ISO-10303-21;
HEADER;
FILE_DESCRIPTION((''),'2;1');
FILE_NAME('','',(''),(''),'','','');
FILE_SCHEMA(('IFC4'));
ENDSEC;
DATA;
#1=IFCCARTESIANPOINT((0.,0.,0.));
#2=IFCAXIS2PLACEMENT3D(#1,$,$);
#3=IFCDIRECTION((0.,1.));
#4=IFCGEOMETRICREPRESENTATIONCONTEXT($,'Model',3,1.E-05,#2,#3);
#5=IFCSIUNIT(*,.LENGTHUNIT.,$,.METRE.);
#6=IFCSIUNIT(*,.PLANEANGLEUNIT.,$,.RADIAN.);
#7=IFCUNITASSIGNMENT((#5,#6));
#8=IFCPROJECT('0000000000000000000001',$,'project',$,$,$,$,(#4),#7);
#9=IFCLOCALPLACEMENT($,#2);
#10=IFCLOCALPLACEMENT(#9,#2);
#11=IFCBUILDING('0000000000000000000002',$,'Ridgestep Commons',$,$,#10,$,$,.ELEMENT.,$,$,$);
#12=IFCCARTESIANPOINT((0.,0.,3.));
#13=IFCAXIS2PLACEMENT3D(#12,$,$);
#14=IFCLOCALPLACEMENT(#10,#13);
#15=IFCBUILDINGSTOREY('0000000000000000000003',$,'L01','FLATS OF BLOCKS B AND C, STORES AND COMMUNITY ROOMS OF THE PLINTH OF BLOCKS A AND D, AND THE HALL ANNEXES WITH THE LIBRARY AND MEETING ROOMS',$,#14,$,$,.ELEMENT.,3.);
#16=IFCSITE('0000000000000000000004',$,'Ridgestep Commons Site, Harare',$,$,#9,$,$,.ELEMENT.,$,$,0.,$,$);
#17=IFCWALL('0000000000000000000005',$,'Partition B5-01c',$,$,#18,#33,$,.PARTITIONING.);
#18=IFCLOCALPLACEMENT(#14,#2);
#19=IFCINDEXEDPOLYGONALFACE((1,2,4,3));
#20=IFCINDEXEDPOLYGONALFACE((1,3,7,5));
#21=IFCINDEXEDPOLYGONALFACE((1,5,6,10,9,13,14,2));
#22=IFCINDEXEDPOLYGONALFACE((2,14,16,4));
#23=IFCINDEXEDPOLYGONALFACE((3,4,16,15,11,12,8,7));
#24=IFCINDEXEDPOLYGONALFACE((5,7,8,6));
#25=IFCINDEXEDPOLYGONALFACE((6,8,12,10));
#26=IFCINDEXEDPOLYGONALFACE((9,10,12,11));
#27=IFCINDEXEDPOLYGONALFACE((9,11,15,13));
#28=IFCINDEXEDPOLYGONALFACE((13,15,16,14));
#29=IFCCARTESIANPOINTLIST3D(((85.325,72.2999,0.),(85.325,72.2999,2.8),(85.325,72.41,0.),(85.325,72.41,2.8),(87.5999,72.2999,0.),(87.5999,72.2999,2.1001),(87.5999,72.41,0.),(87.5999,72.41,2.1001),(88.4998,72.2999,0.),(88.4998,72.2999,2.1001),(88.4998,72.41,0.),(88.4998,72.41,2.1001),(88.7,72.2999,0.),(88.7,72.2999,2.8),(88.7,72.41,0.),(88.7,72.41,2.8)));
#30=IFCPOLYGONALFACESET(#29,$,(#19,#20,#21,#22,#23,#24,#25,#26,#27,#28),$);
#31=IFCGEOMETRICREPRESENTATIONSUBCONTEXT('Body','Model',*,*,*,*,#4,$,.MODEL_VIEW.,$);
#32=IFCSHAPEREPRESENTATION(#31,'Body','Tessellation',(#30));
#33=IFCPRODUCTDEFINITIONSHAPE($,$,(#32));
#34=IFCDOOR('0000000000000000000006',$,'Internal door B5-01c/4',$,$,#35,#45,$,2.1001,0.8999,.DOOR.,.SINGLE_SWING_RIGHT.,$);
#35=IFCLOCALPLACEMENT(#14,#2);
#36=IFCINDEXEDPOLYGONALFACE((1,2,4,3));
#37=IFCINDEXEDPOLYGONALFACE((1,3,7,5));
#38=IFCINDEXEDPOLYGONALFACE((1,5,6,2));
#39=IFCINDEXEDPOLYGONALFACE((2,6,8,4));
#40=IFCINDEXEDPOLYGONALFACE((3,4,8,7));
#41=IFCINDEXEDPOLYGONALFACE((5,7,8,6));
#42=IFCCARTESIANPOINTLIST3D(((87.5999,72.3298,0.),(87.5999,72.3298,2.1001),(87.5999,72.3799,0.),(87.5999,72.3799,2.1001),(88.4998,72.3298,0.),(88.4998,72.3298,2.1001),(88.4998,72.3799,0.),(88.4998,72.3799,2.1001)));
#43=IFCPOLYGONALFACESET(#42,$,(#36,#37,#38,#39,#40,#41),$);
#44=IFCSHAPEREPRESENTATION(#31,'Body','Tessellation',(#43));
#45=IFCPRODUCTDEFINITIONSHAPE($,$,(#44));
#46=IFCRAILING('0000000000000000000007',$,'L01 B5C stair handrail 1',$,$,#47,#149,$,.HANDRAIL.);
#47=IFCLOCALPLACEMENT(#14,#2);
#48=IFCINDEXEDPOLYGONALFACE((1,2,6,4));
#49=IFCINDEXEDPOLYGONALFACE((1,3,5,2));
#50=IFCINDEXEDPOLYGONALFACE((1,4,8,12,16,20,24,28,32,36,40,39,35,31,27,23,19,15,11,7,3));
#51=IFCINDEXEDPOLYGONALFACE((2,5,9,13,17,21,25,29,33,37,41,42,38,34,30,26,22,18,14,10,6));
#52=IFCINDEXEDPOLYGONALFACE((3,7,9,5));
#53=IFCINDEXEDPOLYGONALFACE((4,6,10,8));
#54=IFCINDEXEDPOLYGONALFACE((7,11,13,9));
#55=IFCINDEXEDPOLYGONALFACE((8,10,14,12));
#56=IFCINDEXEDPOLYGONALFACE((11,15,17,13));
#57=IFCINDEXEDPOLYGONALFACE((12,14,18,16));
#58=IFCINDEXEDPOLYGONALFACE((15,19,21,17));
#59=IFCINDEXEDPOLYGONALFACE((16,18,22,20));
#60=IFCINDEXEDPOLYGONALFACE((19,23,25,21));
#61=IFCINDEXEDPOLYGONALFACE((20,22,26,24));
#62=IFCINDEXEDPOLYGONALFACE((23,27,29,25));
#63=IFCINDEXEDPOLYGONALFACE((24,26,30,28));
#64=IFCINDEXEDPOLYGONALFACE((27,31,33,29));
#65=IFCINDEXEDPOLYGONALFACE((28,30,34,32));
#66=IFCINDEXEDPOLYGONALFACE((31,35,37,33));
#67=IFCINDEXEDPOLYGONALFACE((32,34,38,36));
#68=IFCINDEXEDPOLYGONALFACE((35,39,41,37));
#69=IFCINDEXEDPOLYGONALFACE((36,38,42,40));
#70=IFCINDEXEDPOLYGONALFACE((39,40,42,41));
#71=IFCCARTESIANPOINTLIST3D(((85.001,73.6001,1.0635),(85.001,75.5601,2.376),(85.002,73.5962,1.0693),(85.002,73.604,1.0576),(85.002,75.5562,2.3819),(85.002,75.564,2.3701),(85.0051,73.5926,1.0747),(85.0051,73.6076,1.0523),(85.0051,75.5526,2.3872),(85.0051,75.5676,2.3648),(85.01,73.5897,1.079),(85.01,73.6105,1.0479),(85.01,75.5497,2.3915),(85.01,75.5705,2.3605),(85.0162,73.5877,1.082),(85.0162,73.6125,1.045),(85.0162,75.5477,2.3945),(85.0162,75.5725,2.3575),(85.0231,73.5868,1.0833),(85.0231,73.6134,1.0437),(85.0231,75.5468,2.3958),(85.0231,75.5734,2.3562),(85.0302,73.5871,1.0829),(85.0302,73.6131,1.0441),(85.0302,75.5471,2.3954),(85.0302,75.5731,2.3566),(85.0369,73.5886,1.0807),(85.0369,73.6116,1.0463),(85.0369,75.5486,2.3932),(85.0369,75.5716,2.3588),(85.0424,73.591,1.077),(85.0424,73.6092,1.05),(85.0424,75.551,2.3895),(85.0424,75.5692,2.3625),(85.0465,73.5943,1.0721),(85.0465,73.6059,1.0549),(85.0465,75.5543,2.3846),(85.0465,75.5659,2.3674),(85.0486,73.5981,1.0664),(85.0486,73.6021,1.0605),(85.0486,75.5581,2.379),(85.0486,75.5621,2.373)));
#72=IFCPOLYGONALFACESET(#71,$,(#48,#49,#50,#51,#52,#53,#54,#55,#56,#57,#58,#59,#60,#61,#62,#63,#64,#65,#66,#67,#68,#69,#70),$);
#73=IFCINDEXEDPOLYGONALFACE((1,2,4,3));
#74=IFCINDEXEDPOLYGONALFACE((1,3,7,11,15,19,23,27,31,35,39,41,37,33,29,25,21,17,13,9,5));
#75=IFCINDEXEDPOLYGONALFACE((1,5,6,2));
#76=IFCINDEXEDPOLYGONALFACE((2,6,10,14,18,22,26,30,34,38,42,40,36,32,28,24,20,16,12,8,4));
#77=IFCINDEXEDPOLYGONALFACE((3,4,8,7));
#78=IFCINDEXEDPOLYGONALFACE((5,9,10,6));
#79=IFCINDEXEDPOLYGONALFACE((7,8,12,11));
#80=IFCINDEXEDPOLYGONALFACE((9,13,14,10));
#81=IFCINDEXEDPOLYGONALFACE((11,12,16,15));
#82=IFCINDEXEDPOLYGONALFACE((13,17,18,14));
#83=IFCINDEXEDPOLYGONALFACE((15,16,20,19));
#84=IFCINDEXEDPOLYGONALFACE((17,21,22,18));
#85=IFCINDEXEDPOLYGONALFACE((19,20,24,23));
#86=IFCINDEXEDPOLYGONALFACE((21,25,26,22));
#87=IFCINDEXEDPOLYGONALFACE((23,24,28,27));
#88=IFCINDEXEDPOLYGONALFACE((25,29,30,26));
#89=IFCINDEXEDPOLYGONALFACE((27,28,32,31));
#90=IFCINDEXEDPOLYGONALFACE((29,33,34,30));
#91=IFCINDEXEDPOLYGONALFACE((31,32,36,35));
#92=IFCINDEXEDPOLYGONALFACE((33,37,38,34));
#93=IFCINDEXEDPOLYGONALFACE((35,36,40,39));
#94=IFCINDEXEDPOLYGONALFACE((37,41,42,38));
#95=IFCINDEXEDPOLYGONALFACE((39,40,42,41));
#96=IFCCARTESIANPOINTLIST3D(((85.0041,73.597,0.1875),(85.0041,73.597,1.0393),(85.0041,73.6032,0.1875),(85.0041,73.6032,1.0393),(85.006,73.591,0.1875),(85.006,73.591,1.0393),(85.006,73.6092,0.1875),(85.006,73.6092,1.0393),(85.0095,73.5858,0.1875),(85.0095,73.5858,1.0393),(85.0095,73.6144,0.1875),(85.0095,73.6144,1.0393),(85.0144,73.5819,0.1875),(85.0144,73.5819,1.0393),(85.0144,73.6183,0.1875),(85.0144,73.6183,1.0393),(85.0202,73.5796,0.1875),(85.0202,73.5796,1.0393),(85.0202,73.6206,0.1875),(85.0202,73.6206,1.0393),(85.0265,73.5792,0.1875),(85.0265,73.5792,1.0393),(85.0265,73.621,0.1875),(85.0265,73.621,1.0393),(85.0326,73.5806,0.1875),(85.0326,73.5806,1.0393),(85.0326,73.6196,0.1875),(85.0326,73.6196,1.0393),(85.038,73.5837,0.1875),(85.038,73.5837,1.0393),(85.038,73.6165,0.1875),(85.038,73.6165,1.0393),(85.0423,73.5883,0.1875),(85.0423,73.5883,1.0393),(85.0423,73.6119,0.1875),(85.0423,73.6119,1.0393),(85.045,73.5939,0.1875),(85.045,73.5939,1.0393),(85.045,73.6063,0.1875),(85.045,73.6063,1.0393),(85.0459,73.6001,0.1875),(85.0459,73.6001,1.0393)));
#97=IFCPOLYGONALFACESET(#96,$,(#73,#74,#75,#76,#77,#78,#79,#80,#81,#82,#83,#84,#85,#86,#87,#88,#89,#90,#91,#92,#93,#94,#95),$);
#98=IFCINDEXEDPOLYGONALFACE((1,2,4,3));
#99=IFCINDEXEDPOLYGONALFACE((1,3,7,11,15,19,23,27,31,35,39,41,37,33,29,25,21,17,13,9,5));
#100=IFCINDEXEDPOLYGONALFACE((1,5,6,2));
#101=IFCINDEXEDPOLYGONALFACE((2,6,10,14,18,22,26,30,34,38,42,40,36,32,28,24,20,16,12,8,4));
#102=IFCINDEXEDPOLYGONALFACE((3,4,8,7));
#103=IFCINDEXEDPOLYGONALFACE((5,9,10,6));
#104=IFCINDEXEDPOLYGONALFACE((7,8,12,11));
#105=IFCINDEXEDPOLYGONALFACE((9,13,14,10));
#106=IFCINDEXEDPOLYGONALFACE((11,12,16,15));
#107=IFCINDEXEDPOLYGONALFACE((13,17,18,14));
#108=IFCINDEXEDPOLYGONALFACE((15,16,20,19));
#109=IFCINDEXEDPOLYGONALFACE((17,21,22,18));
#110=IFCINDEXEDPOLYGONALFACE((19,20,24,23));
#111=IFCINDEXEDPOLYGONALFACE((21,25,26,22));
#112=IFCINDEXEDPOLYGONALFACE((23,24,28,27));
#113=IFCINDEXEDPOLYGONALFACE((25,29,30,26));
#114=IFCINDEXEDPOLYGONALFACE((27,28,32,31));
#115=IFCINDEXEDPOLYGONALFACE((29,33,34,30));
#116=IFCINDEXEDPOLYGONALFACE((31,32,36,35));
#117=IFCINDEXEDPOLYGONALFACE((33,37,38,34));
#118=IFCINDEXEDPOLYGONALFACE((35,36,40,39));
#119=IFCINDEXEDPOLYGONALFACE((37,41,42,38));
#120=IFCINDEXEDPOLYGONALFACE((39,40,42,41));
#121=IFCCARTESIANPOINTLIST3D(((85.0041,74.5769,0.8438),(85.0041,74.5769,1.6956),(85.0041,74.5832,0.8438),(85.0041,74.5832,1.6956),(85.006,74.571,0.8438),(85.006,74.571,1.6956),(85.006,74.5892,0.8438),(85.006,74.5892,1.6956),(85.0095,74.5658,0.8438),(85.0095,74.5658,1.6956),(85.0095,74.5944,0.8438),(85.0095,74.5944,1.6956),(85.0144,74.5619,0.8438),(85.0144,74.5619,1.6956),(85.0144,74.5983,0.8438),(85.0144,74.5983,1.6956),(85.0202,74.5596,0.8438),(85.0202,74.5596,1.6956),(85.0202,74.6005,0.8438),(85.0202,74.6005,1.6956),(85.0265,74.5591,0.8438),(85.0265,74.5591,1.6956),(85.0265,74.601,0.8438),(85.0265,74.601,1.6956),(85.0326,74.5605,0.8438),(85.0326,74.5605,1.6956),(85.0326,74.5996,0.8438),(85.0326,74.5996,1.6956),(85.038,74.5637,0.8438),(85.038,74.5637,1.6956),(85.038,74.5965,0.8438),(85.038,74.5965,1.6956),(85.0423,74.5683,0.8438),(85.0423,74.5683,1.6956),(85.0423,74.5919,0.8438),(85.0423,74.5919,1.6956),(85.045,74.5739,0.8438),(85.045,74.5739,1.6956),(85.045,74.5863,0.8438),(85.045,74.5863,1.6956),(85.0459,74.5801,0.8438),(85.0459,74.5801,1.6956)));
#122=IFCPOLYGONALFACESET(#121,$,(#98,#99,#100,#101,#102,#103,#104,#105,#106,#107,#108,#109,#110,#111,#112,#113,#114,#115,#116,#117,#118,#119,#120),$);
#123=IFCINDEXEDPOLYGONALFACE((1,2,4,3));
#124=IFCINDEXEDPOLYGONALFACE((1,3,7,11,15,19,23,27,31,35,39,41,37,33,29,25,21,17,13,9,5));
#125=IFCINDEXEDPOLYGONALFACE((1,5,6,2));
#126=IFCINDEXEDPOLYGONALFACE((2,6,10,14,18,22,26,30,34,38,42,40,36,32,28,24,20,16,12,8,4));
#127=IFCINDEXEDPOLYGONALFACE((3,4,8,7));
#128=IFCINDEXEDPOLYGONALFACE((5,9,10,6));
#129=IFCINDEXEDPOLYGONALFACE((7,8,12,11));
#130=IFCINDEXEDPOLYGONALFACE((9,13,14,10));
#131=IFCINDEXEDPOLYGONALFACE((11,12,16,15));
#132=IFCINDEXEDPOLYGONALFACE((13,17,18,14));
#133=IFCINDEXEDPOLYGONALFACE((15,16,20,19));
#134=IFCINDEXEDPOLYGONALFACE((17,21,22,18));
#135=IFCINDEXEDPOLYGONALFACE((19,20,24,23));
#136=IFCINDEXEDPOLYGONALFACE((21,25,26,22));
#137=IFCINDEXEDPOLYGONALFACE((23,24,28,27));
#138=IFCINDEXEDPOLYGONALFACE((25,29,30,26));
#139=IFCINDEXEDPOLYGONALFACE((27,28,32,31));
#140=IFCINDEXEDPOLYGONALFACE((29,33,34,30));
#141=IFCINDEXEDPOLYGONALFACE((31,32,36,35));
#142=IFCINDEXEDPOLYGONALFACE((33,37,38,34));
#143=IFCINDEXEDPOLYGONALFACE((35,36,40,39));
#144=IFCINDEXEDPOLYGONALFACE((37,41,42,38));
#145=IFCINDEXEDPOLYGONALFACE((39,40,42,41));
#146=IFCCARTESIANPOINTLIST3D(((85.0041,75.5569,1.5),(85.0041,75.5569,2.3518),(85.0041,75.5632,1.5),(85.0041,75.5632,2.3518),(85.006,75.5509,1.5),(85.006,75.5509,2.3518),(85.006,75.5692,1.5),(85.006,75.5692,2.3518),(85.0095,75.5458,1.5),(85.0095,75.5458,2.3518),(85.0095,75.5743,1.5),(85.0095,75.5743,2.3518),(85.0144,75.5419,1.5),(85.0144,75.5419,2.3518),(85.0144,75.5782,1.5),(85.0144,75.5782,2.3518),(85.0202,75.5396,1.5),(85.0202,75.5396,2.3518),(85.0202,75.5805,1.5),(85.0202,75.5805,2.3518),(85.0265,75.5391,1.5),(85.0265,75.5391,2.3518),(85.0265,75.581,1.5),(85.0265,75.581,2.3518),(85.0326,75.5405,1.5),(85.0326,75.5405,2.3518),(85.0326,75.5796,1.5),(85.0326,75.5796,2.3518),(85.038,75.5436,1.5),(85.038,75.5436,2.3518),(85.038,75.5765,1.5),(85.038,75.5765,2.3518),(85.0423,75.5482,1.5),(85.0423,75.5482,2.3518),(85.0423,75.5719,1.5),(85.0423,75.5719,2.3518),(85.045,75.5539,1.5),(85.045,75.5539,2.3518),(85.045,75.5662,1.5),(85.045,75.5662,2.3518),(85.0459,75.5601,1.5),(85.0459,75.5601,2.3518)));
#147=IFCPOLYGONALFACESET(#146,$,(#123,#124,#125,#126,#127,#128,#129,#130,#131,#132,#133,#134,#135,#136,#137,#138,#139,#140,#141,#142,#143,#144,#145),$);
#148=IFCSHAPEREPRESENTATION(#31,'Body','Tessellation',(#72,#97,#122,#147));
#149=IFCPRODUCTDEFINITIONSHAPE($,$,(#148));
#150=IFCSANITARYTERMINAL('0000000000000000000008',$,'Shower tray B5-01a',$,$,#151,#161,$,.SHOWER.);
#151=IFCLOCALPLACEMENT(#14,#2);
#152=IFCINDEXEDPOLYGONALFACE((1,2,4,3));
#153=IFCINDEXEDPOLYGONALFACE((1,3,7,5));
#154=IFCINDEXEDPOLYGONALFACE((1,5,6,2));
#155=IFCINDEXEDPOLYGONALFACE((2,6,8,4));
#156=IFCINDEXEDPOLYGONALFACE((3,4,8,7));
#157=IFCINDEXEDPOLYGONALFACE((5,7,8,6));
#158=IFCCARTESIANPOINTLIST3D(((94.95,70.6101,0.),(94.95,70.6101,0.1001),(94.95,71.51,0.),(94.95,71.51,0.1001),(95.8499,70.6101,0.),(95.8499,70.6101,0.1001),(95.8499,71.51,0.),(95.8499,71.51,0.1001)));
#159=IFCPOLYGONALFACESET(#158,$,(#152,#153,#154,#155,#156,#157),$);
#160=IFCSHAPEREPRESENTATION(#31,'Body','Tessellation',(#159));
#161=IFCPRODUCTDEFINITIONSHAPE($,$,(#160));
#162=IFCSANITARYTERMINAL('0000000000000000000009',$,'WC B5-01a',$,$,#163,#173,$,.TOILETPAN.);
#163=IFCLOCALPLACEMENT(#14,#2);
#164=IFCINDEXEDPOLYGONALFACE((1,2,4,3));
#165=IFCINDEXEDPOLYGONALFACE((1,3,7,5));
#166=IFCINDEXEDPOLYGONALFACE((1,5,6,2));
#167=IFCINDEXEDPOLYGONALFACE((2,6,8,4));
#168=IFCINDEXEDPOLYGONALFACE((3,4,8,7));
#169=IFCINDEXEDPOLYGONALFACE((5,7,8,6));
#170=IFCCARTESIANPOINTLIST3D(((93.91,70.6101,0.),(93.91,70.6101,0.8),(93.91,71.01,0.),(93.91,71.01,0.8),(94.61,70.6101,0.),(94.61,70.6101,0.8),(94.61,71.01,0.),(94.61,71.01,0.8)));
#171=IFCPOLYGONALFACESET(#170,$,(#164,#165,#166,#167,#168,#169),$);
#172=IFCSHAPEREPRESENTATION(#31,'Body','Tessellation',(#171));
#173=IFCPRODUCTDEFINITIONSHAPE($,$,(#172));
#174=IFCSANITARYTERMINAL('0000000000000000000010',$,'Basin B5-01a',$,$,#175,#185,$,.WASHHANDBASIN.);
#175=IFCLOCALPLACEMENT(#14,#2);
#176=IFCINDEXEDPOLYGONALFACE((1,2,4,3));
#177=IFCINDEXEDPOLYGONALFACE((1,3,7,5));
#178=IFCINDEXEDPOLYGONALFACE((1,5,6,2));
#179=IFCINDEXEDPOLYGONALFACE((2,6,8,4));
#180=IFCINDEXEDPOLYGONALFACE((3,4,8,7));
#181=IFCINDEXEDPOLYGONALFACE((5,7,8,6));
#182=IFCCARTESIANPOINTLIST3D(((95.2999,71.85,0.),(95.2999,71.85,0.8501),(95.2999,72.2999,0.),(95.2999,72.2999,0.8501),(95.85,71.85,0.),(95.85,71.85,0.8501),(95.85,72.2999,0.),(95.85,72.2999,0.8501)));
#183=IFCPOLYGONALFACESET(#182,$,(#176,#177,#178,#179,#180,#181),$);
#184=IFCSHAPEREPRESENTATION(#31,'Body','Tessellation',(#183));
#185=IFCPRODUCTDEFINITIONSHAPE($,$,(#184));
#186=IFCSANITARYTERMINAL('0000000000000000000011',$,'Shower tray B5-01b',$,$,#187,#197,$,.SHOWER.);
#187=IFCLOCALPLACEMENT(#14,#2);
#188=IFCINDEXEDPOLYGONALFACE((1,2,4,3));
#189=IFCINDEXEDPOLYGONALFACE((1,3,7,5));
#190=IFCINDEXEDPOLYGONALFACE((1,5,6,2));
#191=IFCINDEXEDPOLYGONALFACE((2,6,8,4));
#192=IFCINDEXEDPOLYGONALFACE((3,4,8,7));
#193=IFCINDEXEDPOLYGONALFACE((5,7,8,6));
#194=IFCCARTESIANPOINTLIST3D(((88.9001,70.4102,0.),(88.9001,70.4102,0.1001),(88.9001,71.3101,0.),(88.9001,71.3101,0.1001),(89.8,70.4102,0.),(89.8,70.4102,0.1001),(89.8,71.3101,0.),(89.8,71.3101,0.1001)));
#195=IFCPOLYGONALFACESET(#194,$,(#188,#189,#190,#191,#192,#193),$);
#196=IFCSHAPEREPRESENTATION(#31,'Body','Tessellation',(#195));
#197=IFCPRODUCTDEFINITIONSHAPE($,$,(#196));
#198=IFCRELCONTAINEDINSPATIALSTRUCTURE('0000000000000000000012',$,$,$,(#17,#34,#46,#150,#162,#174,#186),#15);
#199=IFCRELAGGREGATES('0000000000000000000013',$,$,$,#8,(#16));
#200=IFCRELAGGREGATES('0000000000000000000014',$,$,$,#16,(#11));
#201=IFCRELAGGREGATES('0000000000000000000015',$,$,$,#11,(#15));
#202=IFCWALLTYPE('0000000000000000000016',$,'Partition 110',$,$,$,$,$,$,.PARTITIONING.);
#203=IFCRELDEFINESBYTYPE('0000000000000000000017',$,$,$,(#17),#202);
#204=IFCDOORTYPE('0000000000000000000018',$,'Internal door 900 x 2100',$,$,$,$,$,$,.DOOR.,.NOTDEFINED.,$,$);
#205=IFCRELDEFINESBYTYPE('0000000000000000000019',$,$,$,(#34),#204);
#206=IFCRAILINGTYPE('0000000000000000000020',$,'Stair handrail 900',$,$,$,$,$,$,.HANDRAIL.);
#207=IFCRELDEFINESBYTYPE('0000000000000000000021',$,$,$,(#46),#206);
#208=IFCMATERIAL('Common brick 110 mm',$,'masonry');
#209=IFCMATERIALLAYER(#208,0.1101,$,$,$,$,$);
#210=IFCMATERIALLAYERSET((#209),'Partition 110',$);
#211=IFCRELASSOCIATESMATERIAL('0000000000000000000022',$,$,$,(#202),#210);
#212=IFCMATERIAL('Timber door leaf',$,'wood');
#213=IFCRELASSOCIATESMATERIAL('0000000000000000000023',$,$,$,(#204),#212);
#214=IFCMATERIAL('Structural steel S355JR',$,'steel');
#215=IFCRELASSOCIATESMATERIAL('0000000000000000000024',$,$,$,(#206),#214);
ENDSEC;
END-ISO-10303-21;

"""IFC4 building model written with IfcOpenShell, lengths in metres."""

from ifc_helpers import new_model, si_unit, direction, frame, frame_2d, origin, origin_2d, place, context, subcontext, project, spatial, rectangle, circle, extrude, material, layer, layer_set, type_object, element, fill, save


model = new_model("IFC4")

# Units and contexts
model_context = context("Model", 3, precision=1e-05, world=origin(), true_north=direction((0.0, 1.0)))
body_context = subcontext(model_context, "Body", "Model", "MODEL_VIEW")
ifc_project = project(units=[si_unit("LENGTHUNIT", "METRE"), si_unit("PLANEANGLEUNIT", "RADIAN")], contexts=[model_context])

# Site, building, storey
site_placement = place(None, origin())
site = spatial("IfcSite", under=ifc_project, at=site_placement, Name="Ridgestep Commons Site, Harare", CompositionType="ELEMENT", RefElevation=0.0)
building_placement = place(site_placement, origin())
building = spatial("IfcBuilding", under=site, at=building_placement, Name="Ridgestep Commons", CompositionType="ELEMENT")
storey_placement = place(building_placement, frame((0.0, 0.0, 3.0)))
storey = spatial("IfcBuildingStorey", under=building, at=storey_placement, Name="L01", Description="FLATS OF BLOCKS B AND C, STORES AND COMMUNITY ROOMS OF THE PLINTH OF BLOCKS A AND D, AND THE HALL ANNEXES WITH THE LIBRARY AND MEETING ROOMS", CompositionType="ELEMENT", Elevation=3.0)

# Wall, opening, door
ifc_material_1 = material(Name="Common brick 110 mm", Category="masonry")
ifc_layer_1 = layer(ifc_material_1, 0.1101)
ifc_layer_set_1 = layer_set([ifc_layer_1], Name="Partition 110")
wall_type_1 = type_object("IfcWallType", Name="Partition 110", PredefinedType="PARTITIONING", material=ifc_layer_set_1)
ifc_material_2 = material(Name="Timber door leaf", Category="wood")
door_type_1 = type_object("IfcDoorType", Name="Internal door 900 x 2100", OperationType="NOTDEFINED", PredefinedType="DOOR", material=ifc_material_2)
wall_1_placement = place(storey_placement, frame((85.325, 72.355, 0.0), z_axis=(0.0, 0.0, 1.0), x_axis=(1.0, 0.0, 0.0)))
wall_1 = element("IfcWall", 1, at=wall_1_placement, inside=storey, type_object=wall_type_1, Name="Partition B5-01c", PredefinedType="PARTITIONING", context=body_context, shape_type="SweptSolid", body=[
    extrude(rectangle(XDim=3.375, YDim=0.1101, at=frame_2d((1.6875, 0.0))), origin(), (0.0, 0.0, 1.0), 2.8),
])
opening_1_placement = place(wall_1_placement, frame((2.2749, 0.0, 0.0)))
opening_1 = element("IfcOpeningElement", 2, at=opening_1_placement, cuts=wall_1, PredefinedType="OPENING", context=body_context, shape_type="SweptSolid", body=[
    extrude(rectangle(XDim=0.8999, YDim=2.1001, at=frame_2d((0.45, 1.05))), frame((0.0, 0.0649, 0.0), z_axis=(0.0, -1.0, 0.0), x_axis=(1.0, 0.0, 0.0)), (0.0, 0.0, 1.0), 0.1301),
])
door_1_placement = place(opening_1_placement, origin())
door_1 = element("IfcDoor", 3, at=door_1_placement, inside=storey, type_object=door_type_1, Name="Internal door B5-01c/4", OperationType="SINGLE_SWING_RIGHT", OverallHeight=2.1001, OverallWidth=0.8999, PredefinedType="DOOR", context=body_context, shape_type="SweptSolid", body=[
    extrude(rectangle(XDim=0.8999, YDim=2.1001, at=frame_2d((0.45, 1.05))), frame((0.0, 0.0249, 0.0), z_axis=(0.0, -1.0, 0.0), x_axis=(1.0, 0.0, 0.0)), (0.0, 0.0, 1.0), 0.05),
])
fill(opening_1, door_1)

# Railing
ifc_material_3 = material(Name="Structural steel S355JR", Category="steel")
railing_type_1 = type_object("IfcRailingType", Name="Stair handrail 900", PredefinedType="HANDRAIL", material=ifc_material_3)
railing_1_placement = place(storey_placement, frame((85.0249, 73.6001, 0.1875)))
element("IfcRailing", 4, at=railing_1_placement, inside=storey, type_object=railing_type_1, Name="L01 B5C stair handrail 1", PredefinedType="HANDRAIL", context=body_context, shape_type="SweptSolid", body=[
    extrude(circle(Radius=0.0239, at=origin_2d()), frame((0.0, 0.0, 0.876), z_axis=(0.0, 0.830902, 0.556419), x_axis=(-1.0, 0.0, 0.0)), (0.0, 0.0, 1.0), 2.3589),
    extrude(circle(Radius=0.021, at=origin_2d()), origin(), (0.0, 0.0, 1.0), 0.8518),
    extrude(circle(Radius=0.021, at=origin_2d()), frame((0.0, 0.98, 0.6562)), (0.0, 0.0, 1.0), 0.8518),
    extrude(circle(Radius=0.021, at=origin_2d()), frame((0.0, 1.96, 1.3125)), (0.0, 0.0, 1.0), 0.8518),
])

# Sanitary terminals
sanitary_terminal_1_placement = place(storey_placement, frame((95.3999, 71.0601, 0.0), z_axis=(0.0, 0.0, 1.0), x_axis=(1.0, 0.0, 0.0)))
element("IfcSanitaryTerminal", 5, at=sanitary_terminal_1_placement, inside=storey, Name="Shower tray B5-01a", PredefinedType="SHOWER", context=body_context, shape_type="SweptSolid", body=[
    extrude(rectangle(XDim=0.8999, YDim=0.8999, at=origin_2d()), origin(), (0.0, 0.0, 1.0), 0.1001),
])
sanitary_terminal_2_placement = place(storey_placement, frame((94.26, 70.8101, 0.0), z_axis=(0.0, 0.0, 1.0), x_axis=(1.0, 0.0, 0.0)))
element("IfcSanitaryTerminal", 6, at=sanitary_terminal_2_placement, inside=storey, Name="WC B5-01a", PredefinedType="TOILETPAN", context=body_context, shape_type="SweptSolid", body=[
    extrude(rectangle(XDim=0.7, YDim=0.3999, at=origin_2d()), origin(), (0.0, 0.0, 1.0), 0.8),
])
sanitary_terminal_3_placement = place(storey_placement, frame((95.575, 72.075, 0.0), z_axis=(0.0, 0.0, 1.0), x_axis=(1.0, 0.0, 0.0)))
element("IfcSanitaryTerminal", 7, at=sanitary_terminal_3_placement, inside=storey, Name="Basin B5-01a", PredefinedType="WASHHANDBASIN", context=body_context, shape_type="SweptSolid", body=[
    extrude(rectangle(XDim=0.55, YDim=0.45, at=origin_2d()), origin(), (0.0, 0.0, 1.0), 0.8501),
])
sanitary_terminal_4_placement = place(storey_placement, frame((89.3501, 70.8601, 0.0), z_axis=(0.0, 0.0, 1.0), x_axis=(1.0, 0.0, 0.0)))
element("IfcSanitaryTerminal", 8, at=sanitary_terminal_4_placement, inside=storey, Name="Shower tray B5-01b", PredefinedType="SHOWER", context=body_context, shape_type="SweptSolid", body=[
    extrude(rectangle(XDim=0.8999, YDim=0.8999, at=origin_2d()), origin(), (0.0, 0.0, 1.0), 0.1001),
])

save(model, "model.ifc")
